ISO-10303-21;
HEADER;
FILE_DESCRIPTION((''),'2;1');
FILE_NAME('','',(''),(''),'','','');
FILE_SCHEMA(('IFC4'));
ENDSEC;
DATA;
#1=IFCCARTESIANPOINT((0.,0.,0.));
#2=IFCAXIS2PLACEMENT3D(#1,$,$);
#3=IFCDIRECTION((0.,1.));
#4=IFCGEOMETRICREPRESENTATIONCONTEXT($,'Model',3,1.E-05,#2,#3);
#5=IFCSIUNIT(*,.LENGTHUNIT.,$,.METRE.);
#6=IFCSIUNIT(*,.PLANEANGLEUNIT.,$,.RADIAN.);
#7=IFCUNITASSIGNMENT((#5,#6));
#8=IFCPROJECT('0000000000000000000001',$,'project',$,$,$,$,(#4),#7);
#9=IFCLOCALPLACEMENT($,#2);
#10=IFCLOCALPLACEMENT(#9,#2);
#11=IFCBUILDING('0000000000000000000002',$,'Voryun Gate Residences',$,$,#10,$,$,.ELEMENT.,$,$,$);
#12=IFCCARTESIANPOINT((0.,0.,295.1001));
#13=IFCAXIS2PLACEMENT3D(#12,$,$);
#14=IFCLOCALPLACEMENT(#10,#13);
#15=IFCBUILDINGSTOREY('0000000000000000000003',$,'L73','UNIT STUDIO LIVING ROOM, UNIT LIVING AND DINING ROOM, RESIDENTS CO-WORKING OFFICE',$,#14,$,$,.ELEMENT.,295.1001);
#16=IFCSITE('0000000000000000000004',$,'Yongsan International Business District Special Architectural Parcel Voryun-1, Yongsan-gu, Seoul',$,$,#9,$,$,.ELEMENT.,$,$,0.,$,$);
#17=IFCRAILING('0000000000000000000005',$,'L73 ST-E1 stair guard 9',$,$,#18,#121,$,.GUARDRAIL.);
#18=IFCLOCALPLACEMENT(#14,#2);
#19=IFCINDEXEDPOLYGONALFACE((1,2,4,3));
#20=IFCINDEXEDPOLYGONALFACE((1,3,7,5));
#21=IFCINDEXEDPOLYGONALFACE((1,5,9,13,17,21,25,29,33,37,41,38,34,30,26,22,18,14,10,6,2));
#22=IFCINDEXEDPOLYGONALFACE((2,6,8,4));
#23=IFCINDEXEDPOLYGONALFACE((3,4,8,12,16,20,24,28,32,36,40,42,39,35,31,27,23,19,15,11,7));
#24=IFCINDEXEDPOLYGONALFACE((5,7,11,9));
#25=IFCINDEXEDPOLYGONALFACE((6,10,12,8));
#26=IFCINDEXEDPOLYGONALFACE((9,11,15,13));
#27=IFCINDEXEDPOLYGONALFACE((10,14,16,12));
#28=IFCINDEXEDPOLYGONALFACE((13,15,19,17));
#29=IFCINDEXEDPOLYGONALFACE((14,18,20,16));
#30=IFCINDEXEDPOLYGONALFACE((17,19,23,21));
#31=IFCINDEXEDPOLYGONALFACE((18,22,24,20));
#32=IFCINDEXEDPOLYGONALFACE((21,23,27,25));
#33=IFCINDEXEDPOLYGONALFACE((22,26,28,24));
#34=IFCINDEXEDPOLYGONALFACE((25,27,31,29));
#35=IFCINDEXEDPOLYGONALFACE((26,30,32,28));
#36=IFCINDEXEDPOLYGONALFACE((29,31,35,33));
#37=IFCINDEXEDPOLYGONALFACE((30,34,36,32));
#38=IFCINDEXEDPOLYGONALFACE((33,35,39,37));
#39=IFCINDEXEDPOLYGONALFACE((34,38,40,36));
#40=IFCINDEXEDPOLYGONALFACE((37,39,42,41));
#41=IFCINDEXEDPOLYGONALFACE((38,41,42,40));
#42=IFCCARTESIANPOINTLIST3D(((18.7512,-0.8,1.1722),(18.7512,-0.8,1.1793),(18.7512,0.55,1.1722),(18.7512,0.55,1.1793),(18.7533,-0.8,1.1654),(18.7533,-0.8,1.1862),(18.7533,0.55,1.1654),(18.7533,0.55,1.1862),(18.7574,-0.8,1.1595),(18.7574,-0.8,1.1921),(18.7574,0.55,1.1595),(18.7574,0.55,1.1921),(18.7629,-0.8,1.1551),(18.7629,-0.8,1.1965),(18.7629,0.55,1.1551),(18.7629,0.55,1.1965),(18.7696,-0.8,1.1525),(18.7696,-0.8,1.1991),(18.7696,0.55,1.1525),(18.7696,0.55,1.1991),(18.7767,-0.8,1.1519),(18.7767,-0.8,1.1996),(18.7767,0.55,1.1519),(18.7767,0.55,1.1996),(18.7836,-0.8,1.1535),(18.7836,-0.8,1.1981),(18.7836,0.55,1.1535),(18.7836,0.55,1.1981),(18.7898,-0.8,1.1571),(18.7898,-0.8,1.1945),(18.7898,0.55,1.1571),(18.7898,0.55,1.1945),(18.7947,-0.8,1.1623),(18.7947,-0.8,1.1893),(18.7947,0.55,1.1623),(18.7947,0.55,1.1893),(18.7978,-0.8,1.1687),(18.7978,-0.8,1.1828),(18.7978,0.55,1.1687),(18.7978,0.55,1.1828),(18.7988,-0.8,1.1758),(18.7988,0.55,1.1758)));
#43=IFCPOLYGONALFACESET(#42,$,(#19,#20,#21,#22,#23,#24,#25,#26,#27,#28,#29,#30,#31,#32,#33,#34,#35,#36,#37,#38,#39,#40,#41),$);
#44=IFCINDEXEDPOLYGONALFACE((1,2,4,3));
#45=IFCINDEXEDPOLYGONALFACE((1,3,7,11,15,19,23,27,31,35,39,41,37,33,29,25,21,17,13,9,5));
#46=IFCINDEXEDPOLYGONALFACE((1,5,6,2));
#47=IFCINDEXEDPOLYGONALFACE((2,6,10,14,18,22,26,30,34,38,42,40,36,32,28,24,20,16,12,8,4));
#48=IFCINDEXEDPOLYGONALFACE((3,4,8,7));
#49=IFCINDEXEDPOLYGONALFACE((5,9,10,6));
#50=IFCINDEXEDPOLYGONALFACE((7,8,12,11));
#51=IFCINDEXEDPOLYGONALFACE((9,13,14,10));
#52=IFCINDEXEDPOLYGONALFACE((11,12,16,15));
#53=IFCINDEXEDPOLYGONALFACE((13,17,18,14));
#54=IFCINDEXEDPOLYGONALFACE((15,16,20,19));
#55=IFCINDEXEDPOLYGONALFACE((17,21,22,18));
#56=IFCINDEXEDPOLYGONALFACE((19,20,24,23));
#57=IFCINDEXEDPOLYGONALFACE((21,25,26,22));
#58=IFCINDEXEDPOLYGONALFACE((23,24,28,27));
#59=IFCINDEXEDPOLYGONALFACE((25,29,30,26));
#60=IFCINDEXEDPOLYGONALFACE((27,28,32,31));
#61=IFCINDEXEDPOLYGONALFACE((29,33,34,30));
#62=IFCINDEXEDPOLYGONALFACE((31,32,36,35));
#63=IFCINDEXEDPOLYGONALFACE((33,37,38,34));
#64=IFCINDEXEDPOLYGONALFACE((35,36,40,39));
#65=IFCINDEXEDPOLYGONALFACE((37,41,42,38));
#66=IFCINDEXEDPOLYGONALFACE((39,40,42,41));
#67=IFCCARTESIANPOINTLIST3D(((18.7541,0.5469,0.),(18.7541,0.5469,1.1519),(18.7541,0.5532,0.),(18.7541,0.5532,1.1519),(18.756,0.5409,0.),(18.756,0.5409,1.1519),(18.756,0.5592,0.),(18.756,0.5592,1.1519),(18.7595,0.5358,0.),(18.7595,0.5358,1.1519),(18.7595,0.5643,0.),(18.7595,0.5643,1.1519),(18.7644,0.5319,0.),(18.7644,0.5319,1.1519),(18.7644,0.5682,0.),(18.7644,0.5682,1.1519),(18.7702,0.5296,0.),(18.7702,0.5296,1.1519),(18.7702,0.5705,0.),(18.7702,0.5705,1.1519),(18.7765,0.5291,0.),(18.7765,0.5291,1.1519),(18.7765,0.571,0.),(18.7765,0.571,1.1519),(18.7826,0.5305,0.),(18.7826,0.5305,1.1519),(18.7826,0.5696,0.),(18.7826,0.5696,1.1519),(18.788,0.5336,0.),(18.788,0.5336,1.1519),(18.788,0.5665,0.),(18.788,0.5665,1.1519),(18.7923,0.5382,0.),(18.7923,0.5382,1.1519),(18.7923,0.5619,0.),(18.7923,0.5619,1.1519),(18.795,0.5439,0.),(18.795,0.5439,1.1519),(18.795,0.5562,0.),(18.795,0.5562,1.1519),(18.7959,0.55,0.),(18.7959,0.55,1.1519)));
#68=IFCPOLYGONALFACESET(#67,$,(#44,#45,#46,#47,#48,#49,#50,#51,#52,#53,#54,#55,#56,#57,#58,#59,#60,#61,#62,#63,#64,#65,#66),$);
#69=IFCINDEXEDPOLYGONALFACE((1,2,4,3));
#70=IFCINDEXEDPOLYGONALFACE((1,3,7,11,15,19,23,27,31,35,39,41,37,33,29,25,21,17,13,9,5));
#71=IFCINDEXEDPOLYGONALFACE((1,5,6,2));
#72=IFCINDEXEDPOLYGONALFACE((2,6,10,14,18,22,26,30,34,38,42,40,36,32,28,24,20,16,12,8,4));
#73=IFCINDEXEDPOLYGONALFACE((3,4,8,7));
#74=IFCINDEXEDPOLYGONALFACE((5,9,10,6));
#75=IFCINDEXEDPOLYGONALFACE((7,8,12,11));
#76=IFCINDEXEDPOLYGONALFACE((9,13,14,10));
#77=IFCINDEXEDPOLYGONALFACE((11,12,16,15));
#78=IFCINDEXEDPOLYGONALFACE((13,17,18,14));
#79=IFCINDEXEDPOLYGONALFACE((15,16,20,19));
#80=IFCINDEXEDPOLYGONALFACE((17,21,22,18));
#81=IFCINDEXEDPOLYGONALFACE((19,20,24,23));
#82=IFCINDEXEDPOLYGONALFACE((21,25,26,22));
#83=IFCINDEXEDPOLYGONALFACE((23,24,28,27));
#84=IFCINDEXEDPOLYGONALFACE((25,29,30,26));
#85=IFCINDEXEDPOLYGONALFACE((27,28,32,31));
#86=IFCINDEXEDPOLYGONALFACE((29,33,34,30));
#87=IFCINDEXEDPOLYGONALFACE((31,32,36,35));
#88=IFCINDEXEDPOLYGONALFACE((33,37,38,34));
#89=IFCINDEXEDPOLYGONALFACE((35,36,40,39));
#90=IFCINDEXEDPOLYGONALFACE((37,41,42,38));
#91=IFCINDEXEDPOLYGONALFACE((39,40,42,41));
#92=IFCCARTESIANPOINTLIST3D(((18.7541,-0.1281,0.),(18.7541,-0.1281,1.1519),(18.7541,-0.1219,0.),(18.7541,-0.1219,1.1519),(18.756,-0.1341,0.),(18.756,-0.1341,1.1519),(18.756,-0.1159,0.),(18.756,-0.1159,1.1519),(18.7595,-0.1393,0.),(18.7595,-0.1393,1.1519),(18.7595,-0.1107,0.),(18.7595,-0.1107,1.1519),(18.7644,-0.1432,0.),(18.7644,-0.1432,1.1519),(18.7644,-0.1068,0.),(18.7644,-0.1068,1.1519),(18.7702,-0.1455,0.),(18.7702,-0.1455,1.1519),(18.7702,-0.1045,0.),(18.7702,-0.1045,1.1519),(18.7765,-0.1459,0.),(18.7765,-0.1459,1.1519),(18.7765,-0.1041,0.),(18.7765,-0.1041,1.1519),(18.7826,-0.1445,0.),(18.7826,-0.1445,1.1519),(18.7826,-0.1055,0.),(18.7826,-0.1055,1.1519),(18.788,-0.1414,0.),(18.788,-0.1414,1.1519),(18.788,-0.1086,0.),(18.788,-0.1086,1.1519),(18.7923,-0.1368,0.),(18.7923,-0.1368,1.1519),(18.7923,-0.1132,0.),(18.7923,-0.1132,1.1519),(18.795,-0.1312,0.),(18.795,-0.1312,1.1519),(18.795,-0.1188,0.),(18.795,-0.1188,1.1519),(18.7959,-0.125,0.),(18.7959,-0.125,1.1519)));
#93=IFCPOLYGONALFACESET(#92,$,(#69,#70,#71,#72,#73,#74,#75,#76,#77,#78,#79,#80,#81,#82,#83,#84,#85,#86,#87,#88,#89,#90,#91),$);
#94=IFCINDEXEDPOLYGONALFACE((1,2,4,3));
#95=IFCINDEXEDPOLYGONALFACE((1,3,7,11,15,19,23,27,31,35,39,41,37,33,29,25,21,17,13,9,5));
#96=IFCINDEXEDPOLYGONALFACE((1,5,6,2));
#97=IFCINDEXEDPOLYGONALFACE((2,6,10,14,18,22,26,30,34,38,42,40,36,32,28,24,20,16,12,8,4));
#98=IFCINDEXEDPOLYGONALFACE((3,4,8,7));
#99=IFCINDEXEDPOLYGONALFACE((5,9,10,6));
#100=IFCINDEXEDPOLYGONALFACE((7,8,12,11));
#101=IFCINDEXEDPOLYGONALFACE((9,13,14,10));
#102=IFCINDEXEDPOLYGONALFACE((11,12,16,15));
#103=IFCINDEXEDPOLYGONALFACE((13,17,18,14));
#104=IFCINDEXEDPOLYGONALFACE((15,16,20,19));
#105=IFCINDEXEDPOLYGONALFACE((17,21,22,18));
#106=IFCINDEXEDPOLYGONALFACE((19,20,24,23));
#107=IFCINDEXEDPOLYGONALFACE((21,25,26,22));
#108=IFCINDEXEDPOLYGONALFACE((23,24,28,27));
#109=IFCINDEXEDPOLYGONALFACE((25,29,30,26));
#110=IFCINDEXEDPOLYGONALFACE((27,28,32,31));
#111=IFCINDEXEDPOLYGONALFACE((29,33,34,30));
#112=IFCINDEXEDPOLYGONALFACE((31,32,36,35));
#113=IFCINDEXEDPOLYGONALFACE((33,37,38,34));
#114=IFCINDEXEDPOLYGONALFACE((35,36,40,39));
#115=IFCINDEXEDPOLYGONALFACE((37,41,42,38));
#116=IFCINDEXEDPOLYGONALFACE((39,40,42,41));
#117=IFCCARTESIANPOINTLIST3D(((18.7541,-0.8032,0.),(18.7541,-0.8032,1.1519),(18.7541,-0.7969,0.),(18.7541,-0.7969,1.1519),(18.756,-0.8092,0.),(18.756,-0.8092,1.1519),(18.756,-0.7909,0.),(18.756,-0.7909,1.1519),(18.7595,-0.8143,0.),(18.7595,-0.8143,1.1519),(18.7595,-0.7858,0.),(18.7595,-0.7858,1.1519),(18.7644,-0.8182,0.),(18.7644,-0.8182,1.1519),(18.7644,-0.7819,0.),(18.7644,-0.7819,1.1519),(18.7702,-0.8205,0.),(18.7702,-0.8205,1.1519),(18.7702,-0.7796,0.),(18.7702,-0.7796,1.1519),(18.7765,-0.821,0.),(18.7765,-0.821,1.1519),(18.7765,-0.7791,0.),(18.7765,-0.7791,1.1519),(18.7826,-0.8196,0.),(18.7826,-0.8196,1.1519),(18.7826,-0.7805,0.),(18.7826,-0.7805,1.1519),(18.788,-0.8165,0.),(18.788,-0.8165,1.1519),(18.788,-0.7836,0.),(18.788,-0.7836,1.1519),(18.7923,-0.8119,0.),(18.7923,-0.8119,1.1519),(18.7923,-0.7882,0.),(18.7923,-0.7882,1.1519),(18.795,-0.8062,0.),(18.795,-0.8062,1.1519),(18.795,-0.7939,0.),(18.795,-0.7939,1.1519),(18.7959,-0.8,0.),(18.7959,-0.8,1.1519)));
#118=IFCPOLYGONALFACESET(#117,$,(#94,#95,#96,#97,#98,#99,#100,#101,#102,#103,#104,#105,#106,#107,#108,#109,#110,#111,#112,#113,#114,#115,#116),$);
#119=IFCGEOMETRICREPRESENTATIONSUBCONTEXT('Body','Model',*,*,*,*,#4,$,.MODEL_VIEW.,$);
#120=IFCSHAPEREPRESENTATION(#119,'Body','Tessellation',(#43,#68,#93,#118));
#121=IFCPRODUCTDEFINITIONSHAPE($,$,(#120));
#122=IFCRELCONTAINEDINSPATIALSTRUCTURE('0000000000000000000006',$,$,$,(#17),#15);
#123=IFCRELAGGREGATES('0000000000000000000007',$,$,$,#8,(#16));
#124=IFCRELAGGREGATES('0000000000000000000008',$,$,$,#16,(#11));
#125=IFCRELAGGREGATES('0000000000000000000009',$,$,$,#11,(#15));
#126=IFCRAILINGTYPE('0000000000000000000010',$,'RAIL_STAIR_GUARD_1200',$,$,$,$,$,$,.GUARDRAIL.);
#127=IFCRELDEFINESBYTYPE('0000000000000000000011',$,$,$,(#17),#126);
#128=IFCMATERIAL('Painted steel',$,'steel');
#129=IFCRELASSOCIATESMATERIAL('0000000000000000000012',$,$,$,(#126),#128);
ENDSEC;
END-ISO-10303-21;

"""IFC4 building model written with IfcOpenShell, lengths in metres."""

from ifc_helpers import new_model, si_unit, direction, frame, origin, origin_2d, place, context, subcontext, project, spatial, circle, extrude, material, type_object, element, save


model = new_model("IFC4")

# Units and contexts
model_context = context("Model", 3, precision=1e-05, world=origin(), true_north=direction((0.0, 1.0)))
body_context = subcontext(model_context, "Body", "Model", "MODEL_VIEW")
ifc_project = project(units=[si_unit("LENGTHUNIT", "METRE"), si_unit("PLANEANGLEUNIT", "RADIAN")], contexts=[model_context])

# Site, building, storey
site_placement = place(None, origin())
site = spatial("IfcSite", under=ifc_project, at=site_placement, Name="Yongsan International Business District Special Architectural Parcel Voryun-1, Yongsan-gu, Seoul", CompositionType="ELEMENT", RefElevation=0.0)
building_placement = place(site_placement, origin())
building = spatial("IfcBuilding", under=site, at=building_placement, Name="Voryun Gate Residences", CompositionType="ELEMENT")
storey_placement = place(building_placement, frame((0.0, 0.0, 295.1001)))
storey = spatial("IfcBuildingStorey", under=building, at=storey_placement, Name="L73", Description="UNIT STUDIO LIVING ROOM, UNIT LIVING AND DINING ROOM, RESIDENTS CO-WORKING OFFICE", CompositionType="ELEMENT", Elevation=295.1001)

# Railing
ifc_material_1 = material(Name="Painted steel", Category="steel")
railing_type = type_object("IfcRailingType", Name="RAIL_STAIR_GUARD_1200", PredefinedType="GUARDRAIL", material=ifc_material_1)
for number, where, name in (
    (1, (18.7749, 0.55, 0.0), "L73 ST-E1 stair guard 9"),
):
    element("IfcRailing", number, at=place(storey_placement, frame(where)), inside=storey, type_object=railing_type, Name=name, PredefinedType="GUARDRAIL", context=body_context, shape_type="SweptSolid", body=[
        extrude(circle(Radius=0.0239, at=origin_2d()), frame((0.0, 0.0, 1.1758), z_axis=(0.0, -1.0, 0.0), x_axis=(1.0, 0.0, 0.0)), (0.0, 0.0, 1.0), 1.3501),
        extrude(circle(Radius=0.021, at=origin_2d()), origin(), (0.0, 0.0, 1.0), 1.1519),
        extrude(circle(Radius=0.021, at=origin_2d()), frame((0.0, -0.675, 0.0)), (0.0, 0.0, 1.0), 1.1519),
        extrude(circle(Radius=0.021, at=origin_2d()), frame((0.0, -1.3501, 0.0)), (0.0, 0.0, 1.0), 1.1519),
    ])

save(model, "model.ifc")
